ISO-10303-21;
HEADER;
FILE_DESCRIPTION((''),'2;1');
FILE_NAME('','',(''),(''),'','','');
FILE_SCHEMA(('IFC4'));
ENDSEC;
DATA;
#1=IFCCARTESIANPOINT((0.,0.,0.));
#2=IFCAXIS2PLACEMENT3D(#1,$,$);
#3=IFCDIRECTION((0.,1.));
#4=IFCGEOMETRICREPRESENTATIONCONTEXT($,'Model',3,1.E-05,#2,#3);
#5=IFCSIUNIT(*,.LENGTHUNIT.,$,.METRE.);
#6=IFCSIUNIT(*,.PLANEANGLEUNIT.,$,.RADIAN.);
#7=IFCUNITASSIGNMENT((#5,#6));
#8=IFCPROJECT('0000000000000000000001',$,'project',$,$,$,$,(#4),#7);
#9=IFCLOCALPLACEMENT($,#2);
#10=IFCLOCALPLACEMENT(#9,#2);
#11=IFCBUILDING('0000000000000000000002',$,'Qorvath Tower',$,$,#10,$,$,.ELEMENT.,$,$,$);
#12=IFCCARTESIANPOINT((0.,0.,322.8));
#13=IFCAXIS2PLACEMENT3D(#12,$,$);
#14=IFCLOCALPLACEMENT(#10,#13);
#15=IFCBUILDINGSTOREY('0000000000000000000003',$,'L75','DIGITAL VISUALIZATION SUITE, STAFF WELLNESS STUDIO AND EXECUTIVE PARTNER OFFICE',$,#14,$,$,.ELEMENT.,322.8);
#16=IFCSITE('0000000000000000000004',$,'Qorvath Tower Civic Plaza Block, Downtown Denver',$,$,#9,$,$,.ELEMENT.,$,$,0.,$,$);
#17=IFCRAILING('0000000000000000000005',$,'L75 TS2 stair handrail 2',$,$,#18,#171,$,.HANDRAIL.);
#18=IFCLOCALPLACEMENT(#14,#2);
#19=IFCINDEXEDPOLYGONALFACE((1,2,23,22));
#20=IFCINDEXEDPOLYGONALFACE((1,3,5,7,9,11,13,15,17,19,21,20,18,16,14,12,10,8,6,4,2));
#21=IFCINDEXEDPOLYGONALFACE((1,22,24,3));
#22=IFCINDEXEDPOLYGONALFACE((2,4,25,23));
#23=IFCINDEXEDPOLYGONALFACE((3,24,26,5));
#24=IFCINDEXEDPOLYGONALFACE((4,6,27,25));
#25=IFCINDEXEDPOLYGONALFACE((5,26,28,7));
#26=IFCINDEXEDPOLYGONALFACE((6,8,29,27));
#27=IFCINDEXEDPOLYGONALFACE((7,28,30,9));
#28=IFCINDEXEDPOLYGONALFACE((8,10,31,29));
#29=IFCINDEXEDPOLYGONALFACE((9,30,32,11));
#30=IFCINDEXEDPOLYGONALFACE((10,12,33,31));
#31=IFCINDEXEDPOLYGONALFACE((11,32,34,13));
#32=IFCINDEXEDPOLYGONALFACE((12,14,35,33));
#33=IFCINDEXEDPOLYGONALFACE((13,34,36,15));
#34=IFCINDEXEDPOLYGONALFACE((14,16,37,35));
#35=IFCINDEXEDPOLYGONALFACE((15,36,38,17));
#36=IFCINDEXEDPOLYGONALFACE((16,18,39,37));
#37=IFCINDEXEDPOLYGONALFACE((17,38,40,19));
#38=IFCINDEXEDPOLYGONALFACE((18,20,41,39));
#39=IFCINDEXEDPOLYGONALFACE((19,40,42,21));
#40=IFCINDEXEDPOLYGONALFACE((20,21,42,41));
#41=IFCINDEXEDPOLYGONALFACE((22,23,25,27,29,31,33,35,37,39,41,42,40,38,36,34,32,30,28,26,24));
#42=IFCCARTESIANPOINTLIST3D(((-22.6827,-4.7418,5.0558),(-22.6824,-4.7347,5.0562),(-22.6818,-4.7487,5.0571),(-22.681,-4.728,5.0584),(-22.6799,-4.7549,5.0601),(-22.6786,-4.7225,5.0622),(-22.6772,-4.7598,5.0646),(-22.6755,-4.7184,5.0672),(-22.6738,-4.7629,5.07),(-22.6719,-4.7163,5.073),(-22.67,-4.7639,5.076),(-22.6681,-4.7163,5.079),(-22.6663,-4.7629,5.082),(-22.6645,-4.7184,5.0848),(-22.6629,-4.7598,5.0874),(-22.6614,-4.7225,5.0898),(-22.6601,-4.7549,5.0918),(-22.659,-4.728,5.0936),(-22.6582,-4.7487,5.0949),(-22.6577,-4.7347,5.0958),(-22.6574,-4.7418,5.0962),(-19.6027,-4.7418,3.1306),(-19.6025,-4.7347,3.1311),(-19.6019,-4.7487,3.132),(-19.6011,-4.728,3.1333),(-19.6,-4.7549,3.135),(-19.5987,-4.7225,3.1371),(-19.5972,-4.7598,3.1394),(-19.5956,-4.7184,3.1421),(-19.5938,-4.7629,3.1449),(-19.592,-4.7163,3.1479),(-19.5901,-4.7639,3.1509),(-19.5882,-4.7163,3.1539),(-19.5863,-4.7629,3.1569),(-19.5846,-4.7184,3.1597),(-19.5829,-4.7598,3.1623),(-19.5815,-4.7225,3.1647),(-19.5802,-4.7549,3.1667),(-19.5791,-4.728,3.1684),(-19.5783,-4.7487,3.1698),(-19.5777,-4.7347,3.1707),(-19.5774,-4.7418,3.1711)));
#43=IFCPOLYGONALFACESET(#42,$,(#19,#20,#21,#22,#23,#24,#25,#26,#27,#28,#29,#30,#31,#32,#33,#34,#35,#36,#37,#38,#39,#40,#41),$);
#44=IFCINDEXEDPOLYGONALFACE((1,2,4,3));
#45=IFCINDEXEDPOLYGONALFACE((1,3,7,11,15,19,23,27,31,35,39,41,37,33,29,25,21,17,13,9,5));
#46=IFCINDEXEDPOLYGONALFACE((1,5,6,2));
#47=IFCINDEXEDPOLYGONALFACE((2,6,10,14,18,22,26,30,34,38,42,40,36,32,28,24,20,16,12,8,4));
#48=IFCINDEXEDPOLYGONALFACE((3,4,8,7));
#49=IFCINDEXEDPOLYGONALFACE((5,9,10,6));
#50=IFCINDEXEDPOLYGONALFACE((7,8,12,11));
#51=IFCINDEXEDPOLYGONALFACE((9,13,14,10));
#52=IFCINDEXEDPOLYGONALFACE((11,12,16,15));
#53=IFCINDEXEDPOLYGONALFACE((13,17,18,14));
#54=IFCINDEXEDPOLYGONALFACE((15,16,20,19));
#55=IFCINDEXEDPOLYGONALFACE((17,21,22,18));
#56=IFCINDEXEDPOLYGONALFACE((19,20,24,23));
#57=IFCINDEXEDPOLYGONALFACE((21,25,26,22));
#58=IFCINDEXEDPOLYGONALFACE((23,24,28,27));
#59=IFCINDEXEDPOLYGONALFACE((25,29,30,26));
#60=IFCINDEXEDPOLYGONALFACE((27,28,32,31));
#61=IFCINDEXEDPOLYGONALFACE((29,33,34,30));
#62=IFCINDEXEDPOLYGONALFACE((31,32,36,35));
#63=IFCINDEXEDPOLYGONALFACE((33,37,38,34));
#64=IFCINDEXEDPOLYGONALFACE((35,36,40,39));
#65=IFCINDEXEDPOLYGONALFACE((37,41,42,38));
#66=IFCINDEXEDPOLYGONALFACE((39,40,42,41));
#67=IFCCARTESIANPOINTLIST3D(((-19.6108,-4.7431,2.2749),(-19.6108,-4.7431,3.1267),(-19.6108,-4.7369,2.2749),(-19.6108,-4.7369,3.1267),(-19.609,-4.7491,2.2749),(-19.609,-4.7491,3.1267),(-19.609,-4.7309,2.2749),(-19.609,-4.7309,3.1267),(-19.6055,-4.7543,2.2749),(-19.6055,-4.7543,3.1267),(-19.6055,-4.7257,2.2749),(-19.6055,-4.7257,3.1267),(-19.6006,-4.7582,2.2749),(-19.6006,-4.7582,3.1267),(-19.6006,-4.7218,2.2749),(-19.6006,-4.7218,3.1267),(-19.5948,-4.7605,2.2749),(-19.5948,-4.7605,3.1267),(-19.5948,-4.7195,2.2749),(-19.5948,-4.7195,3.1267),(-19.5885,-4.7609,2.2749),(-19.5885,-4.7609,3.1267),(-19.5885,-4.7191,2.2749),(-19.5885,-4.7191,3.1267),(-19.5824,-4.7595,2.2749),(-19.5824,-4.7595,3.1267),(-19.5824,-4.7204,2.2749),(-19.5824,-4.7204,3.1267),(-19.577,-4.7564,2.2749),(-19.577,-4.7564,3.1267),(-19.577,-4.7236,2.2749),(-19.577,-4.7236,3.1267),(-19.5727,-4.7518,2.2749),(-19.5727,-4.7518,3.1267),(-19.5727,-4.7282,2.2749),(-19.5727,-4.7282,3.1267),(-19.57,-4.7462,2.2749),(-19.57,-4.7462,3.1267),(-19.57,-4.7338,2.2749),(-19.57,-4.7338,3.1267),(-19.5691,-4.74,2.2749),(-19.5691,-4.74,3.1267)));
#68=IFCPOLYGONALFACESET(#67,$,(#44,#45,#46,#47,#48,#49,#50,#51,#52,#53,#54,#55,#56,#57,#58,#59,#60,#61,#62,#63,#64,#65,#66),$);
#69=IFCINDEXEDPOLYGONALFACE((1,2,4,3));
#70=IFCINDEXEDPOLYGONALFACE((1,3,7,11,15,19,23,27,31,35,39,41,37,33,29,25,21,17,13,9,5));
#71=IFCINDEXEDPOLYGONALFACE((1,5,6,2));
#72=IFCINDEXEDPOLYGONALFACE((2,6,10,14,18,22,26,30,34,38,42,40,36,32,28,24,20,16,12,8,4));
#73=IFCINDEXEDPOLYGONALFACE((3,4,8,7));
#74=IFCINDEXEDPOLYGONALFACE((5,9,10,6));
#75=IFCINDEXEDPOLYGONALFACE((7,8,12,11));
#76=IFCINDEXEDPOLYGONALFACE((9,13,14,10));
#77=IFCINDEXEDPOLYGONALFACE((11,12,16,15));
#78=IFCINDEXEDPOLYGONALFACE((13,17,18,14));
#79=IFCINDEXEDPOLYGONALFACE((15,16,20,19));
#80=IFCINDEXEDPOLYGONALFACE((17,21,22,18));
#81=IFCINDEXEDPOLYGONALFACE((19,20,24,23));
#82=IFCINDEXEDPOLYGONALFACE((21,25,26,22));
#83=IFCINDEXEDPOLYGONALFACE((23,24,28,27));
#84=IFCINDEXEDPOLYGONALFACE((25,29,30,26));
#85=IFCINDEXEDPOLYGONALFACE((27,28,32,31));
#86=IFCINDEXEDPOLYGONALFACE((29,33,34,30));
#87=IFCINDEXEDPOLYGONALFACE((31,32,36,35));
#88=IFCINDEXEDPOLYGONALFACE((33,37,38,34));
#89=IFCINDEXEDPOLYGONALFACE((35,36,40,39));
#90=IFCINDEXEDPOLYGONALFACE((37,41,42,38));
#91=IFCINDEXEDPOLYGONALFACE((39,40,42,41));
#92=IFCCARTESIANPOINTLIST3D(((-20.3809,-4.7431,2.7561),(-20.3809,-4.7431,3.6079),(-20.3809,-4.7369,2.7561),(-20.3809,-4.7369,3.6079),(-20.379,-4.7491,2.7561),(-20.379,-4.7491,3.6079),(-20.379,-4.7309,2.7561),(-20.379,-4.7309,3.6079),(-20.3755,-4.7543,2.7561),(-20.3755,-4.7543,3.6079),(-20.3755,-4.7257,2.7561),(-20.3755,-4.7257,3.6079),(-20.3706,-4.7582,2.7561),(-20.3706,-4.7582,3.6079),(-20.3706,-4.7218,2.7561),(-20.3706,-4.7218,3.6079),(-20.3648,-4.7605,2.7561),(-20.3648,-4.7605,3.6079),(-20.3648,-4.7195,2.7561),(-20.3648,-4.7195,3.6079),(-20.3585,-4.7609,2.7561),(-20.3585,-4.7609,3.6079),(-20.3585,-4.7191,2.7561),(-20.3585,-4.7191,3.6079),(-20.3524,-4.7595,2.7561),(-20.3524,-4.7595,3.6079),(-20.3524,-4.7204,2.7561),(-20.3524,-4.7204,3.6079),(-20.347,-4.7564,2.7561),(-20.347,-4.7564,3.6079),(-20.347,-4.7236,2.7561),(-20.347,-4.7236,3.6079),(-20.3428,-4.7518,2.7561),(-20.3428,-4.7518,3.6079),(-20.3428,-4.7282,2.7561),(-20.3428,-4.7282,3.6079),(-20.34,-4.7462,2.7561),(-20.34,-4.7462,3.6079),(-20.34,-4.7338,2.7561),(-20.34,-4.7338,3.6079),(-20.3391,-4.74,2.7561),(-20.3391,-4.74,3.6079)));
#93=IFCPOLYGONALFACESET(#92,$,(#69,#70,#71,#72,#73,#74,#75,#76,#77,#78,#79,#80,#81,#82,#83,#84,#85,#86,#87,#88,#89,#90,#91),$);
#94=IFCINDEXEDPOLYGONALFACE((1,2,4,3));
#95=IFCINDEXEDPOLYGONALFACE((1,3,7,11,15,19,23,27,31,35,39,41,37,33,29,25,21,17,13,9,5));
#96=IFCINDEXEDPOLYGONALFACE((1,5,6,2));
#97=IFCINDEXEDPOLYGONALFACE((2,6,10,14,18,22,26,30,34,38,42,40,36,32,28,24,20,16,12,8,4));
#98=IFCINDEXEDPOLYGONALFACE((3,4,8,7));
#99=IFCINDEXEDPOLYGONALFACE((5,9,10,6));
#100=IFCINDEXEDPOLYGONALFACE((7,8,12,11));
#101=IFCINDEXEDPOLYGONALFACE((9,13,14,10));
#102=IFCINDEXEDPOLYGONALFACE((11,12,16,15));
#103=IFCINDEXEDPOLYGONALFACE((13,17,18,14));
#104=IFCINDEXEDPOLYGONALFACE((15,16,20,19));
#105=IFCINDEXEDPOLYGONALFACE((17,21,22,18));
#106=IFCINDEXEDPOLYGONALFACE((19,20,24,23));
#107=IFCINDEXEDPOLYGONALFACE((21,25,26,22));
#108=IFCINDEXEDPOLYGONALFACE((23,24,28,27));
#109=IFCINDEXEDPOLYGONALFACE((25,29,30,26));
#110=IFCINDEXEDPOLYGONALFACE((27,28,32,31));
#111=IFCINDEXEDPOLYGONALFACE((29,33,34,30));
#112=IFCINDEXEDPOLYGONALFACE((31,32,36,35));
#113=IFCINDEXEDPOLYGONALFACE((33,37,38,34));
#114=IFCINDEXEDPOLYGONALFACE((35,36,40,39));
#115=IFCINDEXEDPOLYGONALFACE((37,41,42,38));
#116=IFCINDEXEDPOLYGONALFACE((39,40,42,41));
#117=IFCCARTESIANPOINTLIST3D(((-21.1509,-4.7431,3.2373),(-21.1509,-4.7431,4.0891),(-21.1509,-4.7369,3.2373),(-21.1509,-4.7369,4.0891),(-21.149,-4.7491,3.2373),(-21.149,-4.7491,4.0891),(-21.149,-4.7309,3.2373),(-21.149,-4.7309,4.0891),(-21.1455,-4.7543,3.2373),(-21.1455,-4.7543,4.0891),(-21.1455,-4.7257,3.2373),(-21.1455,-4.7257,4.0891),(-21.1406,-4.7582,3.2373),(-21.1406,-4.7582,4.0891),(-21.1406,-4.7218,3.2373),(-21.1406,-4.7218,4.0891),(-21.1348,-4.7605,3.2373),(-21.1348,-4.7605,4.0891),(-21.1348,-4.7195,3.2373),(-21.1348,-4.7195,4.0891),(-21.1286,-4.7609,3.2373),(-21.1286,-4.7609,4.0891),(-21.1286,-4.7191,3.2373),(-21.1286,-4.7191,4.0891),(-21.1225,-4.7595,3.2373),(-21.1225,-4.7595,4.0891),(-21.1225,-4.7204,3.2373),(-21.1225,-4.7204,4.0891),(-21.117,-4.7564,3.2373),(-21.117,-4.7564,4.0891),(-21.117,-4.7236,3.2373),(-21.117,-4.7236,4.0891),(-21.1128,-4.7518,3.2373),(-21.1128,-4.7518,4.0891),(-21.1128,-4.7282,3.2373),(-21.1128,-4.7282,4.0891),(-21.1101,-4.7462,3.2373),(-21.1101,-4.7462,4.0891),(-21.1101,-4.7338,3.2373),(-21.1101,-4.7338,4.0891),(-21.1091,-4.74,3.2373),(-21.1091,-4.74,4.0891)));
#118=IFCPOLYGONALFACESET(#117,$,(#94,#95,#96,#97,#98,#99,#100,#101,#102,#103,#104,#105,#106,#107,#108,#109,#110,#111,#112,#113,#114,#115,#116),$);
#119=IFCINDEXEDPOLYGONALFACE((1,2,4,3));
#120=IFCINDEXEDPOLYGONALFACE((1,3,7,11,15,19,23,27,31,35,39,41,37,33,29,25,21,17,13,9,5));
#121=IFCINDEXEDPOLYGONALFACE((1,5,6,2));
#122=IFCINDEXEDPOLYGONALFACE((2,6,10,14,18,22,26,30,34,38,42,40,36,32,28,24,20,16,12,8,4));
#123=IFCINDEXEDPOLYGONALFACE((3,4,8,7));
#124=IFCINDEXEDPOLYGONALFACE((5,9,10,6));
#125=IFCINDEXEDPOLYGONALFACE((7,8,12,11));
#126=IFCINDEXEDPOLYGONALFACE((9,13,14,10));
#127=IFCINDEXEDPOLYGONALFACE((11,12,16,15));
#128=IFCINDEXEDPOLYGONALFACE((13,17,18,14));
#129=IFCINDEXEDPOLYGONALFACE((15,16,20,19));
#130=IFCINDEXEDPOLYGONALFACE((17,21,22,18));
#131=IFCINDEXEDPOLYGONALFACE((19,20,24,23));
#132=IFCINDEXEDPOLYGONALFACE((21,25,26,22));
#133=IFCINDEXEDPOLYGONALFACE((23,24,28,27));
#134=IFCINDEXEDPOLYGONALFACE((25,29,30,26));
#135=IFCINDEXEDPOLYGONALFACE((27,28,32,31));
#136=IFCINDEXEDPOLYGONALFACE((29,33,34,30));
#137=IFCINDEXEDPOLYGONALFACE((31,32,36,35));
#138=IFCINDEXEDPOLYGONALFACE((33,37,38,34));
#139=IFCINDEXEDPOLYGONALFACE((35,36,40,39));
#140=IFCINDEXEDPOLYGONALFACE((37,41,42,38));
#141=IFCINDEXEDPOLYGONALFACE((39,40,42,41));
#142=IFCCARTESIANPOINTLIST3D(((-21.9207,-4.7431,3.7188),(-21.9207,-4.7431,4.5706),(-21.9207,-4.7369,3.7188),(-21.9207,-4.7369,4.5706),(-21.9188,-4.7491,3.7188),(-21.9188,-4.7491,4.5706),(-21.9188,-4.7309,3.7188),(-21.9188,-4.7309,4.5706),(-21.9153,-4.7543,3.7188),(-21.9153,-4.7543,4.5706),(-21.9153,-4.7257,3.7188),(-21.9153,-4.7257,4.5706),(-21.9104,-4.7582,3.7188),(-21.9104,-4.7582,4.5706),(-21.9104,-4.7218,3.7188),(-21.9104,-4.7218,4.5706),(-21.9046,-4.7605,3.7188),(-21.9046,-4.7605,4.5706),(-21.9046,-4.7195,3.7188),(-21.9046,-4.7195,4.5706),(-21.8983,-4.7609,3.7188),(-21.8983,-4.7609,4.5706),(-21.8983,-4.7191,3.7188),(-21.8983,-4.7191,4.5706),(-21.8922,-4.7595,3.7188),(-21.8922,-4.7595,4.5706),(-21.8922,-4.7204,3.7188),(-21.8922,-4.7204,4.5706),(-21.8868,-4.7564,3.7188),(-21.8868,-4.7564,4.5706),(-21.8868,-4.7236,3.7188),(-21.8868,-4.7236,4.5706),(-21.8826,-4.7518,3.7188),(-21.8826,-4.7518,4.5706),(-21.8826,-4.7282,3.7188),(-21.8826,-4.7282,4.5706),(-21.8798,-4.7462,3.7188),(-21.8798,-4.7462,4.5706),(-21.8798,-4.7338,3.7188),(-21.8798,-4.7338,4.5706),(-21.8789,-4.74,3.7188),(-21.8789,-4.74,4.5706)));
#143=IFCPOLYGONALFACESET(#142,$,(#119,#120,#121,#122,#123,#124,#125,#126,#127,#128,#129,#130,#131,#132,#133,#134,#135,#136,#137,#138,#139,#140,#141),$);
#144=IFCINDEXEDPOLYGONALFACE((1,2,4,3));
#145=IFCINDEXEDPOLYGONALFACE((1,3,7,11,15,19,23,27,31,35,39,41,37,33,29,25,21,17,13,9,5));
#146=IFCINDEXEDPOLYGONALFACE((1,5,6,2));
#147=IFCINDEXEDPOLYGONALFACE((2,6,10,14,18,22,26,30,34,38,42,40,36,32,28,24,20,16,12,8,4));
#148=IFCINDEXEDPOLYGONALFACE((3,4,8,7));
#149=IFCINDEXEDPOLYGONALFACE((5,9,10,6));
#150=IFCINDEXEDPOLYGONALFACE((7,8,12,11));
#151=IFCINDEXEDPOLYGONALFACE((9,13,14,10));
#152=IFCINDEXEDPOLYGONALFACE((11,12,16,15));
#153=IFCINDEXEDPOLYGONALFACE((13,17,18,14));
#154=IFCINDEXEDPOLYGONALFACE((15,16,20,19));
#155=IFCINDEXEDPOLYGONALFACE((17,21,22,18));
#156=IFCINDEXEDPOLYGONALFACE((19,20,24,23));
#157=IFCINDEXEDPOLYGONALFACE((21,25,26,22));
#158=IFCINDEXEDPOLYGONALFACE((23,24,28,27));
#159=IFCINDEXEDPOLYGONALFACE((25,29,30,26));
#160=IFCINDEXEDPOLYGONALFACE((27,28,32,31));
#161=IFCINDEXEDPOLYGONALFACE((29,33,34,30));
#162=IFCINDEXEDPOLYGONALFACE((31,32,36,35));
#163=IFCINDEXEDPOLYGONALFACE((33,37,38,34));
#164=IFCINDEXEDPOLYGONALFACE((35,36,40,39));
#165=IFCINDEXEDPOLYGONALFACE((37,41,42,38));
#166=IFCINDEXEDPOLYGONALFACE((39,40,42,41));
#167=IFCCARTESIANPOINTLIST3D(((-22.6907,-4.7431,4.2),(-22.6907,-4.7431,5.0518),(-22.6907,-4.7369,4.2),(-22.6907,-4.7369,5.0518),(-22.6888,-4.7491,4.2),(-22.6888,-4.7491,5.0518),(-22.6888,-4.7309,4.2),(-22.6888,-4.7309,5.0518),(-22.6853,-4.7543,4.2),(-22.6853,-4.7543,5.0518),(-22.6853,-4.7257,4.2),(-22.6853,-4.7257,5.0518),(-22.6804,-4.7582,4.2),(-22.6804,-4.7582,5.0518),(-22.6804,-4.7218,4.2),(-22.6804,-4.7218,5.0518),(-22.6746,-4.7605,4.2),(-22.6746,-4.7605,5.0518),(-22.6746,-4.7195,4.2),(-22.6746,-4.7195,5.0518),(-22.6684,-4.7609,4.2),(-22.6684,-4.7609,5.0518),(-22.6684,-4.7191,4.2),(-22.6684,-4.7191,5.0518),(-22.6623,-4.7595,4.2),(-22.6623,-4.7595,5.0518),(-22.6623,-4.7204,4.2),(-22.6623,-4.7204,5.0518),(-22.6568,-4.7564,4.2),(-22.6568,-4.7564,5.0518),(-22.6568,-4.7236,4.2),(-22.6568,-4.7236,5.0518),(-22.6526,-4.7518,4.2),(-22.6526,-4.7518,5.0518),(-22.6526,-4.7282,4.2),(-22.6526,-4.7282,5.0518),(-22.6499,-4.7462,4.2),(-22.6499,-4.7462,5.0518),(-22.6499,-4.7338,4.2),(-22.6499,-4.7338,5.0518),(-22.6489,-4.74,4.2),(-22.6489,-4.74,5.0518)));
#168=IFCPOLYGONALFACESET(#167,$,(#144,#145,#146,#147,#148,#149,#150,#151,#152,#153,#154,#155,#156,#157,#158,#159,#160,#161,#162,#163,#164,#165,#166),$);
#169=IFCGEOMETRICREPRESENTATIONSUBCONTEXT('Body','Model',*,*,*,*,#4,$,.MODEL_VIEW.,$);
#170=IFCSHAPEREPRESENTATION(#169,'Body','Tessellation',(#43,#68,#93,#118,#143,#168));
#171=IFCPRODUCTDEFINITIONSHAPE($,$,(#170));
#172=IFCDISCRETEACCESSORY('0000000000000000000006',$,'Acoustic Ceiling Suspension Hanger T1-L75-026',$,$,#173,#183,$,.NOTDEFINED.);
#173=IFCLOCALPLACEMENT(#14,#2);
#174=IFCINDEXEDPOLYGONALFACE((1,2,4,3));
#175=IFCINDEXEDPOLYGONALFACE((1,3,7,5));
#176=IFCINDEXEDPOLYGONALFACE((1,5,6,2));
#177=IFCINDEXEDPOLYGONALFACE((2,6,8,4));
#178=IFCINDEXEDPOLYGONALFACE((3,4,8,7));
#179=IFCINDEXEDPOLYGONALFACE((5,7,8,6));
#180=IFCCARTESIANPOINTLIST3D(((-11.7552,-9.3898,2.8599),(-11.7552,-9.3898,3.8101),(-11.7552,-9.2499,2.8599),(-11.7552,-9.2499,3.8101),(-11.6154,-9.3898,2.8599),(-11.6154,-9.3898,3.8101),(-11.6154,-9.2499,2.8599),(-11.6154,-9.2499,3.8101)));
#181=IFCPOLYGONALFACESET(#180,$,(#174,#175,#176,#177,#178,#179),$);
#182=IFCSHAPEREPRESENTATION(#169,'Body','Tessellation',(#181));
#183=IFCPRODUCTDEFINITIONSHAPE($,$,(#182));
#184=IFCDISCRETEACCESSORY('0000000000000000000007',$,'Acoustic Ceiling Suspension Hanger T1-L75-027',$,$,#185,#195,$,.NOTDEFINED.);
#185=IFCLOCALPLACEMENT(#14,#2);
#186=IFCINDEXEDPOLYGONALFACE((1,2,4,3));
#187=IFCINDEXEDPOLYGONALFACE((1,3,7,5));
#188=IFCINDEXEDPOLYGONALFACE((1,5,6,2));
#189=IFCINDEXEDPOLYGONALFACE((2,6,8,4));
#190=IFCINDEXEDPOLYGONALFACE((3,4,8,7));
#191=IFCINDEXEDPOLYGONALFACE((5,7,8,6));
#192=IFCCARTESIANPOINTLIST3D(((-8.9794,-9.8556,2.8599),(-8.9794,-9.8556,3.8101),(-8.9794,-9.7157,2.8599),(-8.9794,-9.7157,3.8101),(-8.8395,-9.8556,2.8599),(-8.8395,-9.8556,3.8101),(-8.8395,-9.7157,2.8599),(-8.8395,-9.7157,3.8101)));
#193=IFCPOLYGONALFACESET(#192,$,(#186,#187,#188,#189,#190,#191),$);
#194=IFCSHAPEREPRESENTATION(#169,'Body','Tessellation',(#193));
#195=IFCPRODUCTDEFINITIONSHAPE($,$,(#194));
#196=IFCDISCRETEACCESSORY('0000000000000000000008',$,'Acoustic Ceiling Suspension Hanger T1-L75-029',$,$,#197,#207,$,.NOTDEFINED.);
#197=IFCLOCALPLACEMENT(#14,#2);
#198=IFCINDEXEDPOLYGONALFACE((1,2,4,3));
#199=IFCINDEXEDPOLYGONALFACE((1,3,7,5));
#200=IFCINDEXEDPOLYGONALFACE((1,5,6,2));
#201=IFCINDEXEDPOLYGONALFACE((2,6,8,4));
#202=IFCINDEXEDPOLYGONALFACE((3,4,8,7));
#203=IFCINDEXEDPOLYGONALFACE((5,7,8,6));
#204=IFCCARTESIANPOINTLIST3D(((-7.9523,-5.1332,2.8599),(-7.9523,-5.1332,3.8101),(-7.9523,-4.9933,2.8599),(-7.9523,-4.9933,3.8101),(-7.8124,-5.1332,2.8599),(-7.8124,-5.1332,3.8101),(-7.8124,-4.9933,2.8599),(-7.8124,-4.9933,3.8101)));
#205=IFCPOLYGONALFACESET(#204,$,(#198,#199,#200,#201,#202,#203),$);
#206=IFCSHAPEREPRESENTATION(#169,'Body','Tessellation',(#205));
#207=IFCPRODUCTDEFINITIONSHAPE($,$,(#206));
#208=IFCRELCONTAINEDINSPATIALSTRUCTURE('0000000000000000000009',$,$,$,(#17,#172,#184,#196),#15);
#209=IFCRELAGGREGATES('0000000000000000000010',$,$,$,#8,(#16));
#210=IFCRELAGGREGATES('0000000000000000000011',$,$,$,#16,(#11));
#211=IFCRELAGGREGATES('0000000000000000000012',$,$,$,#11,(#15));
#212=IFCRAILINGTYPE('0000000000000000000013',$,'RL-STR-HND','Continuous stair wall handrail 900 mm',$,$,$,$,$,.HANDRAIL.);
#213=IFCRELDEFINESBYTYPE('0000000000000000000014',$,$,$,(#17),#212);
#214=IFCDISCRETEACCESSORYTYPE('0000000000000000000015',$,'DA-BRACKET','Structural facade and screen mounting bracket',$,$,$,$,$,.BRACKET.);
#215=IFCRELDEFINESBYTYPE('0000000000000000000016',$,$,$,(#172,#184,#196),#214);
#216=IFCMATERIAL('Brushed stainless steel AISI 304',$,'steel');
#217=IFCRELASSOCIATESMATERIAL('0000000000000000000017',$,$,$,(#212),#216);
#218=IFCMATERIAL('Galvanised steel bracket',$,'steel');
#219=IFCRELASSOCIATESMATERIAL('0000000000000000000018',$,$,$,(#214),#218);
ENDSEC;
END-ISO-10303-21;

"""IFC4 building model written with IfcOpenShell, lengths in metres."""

from ifc_helpers import new_model, si_unit, direction, frame, origin, origin_2d, place, context, subcontext, project, spatial, rectangle, circle, extrude, material, type_object, element, save


model = new_model("IFC4")

# Units and contexts
model_context = context("Model", 3, precision=1e-05, world=origin(), true_north=direction((0.0, 1.0)))
body_context = subcontext(model_context, "Body", "Model", "MODEL_VIEW")
ifc_project = project(units=[si_unit("LENGTHUNIT", "METRE"), si_unit("PLANEANGLEUNIT", "RADIAN")], contexts=[model_context])

# Site, building, storey
site_placement = place(None, origin())
site = spatial("IfcSite", under=ifc_project, at=site_placement, Name="Qorvath Tower Civic Plaza Block, Downtown Denver", CompositionType="ELEMENT", RefElevation=0.0)
building_placement = place(site_placement, origin())
building = spatial("IfcBuilding", under=site, at=building_placement, Name="Qorvath Tower", CompositionType="ELEMENT")
storey_placement = place(building_placement, frame((0.0, 0.0, 322.8)))
storey = spatial("IfcBuildingStorey", under=building, at=storey_placement, Name="L75", Description="DIGITAL VISUALIZATION SUITE, STAFF WELLNESS STUDIO AND EXECUTIVE PARTNER OFFICE", CompositionType="ELEMENT", Elevation=322.8)

# Railing
ifc_material_1 = material(Name="Brushed stainless steel AISI 304", Category="steel")
railing_type_1 = type_object("IfcRailingType", Name="RL-STR-HND", Description="Continuous stair wall handrail 900 mm", PredefinedType="HANDRAIL", material=ifc_material_1)
railing_1_placement = place(storey_placement, frame((-19.5901, -4.74, 2.2749)))
element("IfcRailing", 1, at=railing_1_placement, inside=storey, type_object=railing_type_1, Name="L75 TS2 stair handrail 2", PredefinedType="HANDRAIL", context=body_context, shape_type="SweptSolid", body=[
    extrude(circle(Radius=0.0239, at=origin_2d()), frame((0.0, 0.0, 0.876), z_axis=(-0.847979, 0.0, 0.530029), x_axis=(0.0, -1.0, 0.0)), (0.0, 0.0, 1.0), 3.6321),
    extrude(circle(Radius=0.021, at=origin_2d()), origin(), (0.0, 0.0, 1.0), 0.8518),
    extrude(circle(Radius=0.021, at=origin_2d()), frame((-0.77, 0.0, 0.4812)), (0.0, 0.0, 1.0), 0.8518),
    extrude(circle(Radius=0.021, at=origin_2d()), frame((-1.54, 0.0, 0.9624)), (0.0, 0.0, 1.0), 0.8518),
    extrude(circle(Radius=0.021, at=origin_2d()), frame((-2.3098, 0.0, 1.4438)), (0.0, 0.0, 1.0), 0.8518),
    extrude(circle(Radius=0.021, at=origin_2d()), frame((-3.0798, 0.0, 1.925)), (0.0, 0.0, 1.0), 0.8518),
])

# Discrete accessories
ifc_material_2 = material(Name="Galvanised steel bracket", Category="steel")
discrete_accessory_type = type_object("IfcDiscreteAccessoryType", Name="DA-BRACKET", Description="Structural facade and screen mounting bracket", PredefinedType="BRACKET", material=ifc_material_2)
for number, where, z_axis, x_axis, name in (
    (2, (-11.6853, -9.3198, 2.8599), (0.0, 0.0, 1.0), (1.0, 0.0, 0.0), "Acoustic Ceiling Suspension Hanger T1-L75-026"),
    (3, (-8.9094, -9.7856, 2.8599), (0.0, 0.0, 1.0), (1.0, 0.0, 0.0), "Acoustic Ceiling Suspension Hanger T1-L75-027"),
    (4, (-7.8823, -5.0632, 2.8599), (0.0, 0.0, 1.0), (1.0, 0.0, 0.0), "Acoustic Ceiling Suspension Hanger T1-L75-029"),
):
    element("IfcDiscreteAccessory", number, at=place(storey_placement, frame(where, z_axis=z_axis, x_axis=x_axis)), inside=storey, type_object=discrete_accessory_type, Name=name, PredefinedType="NOTDEFINED", context=body_context, shape_type="SweptSolid", body=[
        extrude(rectangle(XDim=0.1399, YDim=0.1399, at=origin_2d()), origin(), (0.0, 0.0, 1.0), 0.9502),
    ])

save(model, "model.ifc")
